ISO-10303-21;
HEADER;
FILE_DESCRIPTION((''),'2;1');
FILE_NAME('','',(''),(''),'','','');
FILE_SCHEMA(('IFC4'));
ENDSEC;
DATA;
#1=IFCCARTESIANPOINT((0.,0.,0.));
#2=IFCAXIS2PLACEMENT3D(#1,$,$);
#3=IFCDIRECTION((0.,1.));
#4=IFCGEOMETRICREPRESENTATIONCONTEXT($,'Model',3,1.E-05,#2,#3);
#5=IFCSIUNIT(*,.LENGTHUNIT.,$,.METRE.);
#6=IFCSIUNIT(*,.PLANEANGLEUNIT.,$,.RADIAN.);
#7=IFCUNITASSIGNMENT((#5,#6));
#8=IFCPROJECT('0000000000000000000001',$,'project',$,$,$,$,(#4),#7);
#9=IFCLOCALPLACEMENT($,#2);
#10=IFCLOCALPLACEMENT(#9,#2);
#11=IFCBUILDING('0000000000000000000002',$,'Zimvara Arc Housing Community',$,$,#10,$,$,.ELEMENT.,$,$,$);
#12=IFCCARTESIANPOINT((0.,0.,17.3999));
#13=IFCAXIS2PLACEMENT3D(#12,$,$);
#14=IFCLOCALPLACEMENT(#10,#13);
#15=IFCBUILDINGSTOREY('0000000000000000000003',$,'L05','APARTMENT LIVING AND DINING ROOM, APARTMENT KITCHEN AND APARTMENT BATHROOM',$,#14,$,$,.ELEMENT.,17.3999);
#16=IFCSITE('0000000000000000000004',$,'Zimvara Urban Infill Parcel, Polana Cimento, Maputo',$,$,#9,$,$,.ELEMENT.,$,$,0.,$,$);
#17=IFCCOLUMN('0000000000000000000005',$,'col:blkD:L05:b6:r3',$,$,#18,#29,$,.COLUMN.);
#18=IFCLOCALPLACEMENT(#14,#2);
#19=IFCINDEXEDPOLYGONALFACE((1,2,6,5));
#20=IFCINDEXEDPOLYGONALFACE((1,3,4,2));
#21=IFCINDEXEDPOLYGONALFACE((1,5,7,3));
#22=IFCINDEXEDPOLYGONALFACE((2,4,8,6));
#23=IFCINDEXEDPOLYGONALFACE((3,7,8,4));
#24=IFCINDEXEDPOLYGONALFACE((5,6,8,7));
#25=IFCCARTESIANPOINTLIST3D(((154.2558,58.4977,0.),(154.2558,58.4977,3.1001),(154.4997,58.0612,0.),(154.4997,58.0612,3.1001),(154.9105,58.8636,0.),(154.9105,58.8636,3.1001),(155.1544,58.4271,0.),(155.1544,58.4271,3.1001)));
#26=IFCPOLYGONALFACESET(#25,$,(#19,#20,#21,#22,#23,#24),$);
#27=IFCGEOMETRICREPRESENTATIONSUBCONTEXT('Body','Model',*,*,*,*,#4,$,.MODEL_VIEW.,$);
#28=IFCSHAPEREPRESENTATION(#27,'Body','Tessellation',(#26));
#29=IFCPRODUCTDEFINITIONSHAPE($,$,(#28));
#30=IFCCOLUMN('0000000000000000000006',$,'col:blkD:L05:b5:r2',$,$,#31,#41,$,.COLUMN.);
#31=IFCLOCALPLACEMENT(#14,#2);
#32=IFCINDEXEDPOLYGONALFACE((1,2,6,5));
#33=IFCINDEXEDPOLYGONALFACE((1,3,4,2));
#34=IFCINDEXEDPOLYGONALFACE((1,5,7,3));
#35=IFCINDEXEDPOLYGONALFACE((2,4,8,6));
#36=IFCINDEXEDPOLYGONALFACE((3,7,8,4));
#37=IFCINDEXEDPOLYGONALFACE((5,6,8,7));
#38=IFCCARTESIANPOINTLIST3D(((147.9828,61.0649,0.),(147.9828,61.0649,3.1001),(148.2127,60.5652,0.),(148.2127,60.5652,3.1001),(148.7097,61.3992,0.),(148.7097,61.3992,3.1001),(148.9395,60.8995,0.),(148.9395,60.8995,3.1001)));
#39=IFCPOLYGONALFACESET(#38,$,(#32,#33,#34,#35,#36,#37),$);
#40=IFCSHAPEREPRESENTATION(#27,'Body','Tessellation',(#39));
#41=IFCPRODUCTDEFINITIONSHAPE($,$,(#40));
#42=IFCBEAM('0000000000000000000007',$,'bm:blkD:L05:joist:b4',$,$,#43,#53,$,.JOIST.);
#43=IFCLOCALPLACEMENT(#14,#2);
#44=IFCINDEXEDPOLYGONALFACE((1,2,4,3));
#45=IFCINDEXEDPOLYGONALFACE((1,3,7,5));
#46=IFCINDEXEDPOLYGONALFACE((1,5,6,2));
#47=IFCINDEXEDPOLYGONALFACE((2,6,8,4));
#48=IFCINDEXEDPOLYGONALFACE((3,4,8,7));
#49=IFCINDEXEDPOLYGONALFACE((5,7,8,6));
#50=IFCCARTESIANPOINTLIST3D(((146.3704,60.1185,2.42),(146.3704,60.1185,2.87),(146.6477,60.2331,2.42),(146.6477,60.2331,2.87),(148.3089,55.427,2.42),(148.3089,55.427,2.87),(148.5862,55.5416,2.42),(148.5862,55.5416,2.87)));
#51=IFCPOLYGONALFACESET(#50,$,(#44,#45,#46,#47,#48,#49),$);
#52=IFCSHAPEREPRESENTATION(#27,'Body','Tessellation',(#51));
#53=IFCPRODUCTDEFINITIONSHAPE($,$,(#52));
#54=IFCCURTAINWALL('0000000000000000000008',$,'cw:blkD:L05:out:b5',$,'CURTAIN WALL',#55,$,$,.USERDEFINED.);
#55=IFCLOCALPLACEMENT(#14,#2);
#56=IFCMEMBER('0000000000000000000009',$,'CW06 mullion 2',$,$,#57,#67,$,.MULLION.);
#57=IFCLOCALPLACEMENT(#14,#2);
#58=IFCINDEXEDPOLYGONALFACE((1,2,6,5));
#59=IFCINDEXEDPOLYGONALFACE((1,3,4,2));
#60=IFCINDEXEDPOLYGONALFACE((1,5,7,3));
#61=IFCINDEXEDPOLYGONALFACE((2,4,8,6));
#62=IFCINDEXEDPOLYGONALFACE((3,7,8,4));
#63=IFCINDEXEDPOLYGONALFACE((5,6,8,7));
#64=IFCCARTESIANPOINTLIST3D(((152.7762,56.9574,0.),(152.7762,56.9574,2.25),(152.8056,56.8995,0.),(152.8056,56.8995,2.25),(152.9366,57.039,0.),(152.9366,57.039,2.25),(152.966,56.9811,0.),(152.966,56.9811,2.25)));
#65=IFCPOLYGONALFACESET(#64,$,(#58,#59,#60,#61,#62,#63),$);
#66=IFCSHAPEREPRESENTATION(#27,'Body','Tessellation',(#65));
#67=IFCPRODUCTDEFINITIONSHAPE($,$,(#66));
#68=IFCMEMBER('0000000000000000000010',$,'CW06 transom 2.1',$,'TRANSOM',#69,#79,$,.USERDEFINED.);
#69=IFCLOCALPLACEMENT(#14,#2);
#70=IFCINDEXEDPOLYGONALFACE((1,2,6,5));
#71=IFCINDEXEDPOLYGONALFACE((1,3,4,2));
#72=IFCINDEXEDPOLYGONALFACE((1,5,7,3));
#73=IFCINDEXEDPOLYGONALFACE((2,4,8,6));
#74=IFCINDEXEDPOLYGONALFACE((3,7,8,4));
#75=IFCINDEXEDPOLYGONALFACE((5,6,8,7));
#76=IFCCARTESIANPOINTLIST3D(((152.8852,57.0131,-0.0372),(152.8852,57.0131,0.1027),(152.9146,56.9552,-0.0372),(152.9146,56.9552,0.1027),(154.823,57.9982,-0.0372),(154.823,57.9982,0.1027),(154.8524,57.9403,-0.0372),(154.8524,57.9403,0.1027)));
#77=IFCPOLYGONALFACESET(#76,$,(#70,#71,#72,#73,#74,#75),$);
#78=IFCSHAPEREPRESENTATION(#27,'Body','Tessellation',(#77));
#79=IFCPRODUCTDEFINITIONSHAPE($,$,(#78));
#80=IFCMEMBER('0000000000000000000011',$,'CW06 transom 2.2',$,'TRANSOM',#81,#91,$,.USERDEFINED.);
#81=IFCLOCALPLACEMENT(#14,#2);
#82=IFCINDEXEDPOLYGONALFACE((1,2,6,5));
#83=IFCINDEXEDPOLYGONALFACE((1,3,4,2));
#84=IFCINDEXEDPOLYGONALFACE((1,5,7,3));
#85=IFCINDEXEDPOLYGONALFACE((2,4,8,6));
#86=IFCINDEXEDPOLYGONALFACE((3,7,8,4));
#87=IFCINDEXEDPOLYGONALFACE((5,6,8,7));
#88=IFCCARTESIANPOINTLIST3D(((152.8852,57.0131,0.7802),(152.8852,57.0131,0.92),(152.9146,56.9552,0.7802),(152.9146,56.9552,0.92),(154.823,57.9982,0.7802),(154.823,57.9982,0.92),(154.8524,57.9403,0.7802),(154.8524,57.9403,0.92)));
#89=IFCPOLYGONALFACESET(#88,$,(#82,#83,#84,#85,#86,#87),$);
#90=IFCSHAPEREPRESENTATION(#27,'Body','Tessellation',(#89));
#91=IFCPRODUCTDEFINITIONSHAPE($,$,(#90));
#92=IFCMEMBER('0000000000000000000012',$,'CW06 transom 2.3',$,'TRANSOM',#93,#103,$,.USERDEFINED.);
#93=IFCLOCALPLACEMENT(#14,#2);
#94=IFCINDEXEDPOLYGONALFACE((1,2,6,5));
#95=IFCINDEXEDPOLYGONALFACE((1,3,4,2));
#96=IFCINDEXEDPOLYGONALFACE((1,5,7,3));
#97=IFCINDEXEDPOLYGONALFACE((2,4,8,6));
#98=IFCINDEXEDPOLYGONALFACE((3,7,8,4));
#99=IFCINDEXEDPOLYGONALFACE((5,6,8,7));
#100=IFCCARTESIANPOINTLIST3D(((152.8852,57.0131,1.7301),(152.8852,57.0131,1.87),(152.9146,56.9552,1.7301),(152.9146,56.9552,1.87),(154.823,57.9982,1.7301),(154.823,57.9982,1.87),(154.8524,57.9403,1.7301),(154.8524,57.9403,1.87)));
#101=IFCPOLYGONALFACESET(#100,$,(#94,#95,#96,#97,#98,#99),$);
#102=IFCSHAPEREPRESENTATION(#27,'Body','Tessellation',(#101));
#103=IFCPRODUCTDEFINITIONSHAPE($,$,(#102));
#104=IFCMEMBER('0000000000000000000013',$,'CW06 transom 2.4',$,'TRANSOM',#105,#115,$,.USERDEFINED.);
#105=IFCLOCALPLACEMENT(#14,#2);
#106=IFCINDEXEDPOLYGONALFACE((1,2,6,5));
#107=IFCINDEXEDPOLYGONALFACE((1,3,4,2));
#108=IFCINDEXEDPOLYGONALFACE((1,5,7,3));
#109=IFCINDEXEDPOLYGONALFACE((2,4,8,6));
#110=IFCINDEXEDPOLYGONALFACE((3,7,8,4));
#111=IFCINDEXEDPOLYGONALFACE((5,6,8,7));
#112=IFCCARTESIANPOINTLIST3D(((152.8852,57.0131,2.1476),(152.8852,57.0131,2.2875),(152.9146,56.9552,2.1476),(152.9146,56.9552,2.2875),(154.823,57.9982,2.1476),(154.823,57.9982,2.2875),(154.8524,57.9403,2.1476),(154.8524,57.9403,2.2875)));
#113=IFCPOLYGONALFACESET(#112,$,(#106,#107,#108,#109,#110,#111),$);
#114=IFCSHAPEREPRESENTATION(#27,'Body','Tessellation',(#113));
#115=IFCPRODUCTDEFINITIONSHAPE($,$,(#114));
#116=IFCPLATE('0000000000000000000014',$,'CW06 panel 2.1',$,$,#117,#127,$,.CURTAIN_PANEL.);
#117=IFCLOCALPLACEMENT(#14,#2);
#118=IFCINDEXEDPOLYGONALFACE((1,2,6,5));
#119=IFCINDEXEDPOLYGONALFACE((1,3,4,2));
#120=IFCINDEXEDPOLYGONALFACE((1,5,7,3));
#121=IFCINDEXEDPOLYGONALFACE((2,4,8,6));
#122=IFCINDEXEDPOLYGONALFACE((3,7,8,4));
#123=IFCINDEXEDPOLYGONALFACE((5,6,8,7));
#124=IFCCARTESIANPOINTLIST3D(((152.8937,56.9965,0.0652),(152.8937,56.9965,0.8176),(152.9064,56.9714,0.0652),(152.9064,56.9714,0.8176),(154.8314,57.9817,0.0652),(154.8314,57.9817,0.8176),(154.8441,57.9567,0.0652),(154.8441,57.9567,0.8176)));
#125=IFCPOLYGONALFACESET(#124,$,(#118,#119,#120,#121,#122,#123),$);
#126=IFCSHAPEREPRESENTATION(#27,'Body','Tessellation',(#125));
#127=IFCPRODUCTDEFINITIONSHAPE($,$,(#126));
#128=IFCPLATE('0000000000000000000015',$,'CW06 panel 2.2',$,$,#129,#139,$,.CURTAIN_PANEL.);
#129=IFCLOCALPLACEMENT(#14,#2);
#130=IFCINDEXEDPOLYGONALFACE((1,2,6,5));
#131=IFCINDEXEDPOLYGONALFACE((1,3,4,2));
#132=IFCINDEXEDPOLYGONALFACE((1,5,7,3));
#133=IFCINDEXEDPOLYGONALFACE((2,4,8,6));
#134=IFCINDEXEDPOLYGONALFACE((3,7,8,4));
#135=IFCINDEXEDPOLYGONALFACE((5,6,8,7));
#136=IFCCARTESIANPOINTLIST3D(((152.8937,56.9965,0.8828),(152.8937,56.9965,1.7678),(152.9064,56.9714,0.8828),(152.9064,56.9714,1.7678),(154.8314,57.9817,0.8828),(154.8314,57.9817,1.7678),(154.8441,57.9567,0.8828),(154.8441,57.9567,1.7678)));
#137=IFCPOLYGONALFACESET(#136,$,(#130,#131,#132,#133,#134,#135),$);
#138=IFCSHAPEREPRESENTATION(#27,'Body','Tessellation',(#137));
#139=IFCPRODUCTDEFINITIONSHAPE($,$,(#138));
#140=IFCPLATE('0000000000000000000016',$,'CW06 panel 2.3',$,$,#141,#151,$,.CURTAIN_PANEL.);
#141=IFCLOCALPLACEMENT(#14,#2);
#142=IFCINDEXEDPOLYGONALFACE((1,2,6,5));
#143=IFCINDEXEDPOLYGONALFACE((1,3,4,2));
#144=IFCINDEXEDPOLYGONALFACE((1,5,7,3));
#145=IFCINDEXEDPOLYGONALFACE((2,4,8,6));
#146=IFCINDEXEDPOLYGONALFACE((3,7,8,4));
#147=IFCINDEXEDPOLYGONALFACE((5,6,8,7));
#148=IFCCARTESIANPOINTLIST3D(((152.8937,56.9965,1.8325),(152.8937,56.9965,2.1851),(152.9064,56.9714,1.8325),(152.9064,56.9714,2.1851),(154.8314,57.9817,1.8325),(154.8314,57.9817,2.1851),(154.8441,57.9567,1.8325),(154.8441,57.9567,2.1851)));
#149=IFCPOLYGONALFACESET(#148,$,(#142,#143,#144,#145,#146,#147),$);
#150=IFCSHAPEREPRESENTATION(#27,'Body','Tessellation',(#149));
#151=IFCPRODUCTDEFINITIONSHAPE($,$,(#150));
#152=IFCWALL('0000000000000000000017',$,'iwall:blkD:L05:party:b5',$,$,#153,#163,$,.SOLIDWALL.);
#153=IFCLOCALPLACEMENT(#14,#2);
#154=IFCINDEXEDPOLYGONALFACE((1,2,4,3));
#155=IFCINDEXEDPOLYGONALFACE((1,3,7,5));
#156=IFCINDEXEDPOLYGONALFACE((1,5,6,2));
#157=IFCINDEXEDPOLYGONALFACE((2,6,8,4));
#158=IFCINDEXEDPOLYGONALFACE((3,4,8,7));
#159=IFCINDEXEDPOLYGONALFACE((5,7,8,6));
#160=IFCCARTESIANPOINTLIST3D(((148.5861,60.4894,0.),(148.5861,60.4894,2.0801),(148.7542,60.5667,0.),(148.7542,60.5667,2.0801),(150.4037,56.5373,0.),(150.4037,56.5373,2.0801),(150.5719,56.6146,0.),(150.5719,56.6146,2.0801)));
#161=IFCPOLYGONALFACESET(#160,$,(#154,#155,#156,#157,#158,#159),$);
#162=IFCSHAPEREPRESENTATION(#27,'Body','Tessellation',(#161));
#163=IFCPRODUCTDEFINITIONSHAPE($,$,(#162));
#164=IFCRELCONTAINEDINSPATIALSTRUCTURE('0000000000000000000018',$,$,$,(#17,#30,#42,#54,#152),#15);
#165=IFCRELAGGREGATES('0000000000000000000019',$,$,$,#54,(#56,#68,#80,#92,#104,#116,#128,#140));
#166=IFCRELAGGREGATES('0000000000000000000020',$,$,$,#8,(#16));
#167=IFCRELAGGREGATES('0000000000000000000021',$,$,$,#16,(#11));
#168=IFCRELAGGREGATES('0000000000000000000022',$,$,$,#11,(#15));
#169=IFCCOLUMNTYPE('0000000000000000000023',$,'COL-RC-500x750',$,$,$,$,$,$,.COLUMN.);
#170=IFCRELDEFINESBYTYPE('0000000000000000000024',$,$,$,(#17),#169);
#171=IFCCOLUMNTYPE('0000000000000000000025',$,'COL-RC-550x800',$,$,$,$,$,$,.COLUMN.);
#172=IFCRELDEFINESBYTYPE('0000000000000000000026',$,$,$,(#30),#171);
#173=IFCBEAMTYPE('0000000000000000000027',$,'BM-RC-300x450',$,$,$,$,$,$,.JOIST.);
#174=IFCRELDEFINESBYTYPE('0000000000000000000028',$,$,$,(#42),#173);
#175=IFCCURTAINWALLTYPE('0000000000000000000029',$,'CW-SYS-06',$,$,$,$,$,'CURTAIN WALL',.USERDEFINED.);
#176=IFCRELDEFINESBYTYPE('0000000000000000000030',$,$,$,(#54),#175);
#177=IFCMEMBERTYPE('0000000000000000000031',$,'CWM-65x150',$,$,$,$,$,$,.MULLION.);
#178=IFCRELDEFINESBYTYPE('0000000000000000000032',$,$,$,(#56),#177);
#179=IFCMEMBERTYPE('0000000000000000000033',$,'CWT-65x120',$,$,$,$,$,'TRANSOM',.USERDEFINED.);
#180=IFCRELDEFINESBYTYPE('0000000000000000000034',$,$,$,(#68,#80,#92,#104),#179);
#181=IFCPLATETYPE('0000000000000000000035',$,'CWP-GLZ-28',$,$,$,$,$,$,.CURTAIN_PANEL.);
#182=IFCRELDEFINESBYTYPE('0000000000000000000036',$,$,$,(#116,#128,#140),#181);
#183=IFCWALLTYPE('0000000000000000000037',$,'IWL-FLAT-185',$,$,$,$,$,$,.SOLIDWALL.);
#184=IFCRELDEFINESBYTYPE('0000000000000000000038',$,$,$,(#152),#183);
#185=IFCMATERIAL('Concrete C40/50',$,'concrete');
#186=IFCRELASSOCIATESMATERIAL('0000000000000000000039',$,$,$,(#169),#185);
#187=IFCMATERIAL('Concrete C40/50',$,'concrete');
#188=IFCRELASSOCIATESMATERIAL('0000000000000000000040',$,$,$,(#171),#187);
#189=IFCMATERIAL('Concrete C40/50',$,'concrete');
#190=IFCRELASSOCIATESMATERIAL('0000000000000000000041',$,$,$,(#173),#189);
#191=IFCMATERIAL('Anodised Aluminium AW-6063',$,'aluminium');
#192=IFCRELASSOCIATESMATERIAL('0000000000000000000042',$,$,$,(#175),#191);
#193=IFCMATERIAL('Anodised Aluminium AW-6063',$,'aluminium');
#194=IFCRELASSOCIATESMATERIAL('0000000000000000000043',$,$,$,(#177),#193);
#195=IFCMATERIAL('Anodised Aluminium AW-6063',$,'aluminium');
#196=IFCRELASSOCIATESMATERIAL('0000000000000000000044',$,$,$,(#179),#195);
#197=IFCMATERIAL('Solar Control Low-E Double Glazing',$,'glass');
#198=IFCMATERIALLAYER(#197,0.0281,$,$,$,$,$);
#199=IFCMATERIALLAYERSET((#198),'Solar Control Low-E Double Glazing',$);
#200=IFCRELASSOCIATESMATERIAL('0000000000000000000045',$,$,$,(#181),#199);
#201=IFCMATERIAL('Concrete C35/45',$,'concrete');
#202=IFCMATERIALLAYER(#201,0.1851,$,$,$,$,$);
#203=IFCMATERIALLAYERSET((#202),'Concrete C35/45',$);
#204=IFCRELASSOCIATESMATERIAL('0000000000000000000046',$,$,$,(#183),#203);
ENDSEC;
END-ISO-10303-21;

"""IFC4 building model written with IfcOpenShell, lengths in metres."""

from ifc_helpers import new_model, si_unit, direction, frame, frame_2d, origin, origin_2d, place, context, subcontext, project, spatial, rectangle, extrude, material, layer, layer_set, material_profile, profile_set, type_object, element, aggregate, save


model = new_model("IFC4")

# Units and contexts
model_context = context("Model", 3, precision=1e-05, world=origin(), true_north=direction((0.0, 1.0)))
body_context = subcontext(model_context, "Body", "Model", "MODEL_VIEW")
ifc_project = project(units=[si_unit("LENGTHUNIT", "METRE"), si_unit("PLANEANGLEUNIT", "RADIAN")], contexts=[model_context])

# Site, building, storey
site_placement = place(None, origin())
site = spatial("IfcSite", under=ifc_project, at=site_placement, Name="Zimvara Urban Infill Parcel, Polana Cimento, Maputo", CompositionType="ELEMENT", RefElevation=0.0)
building_placement = place(site_placement, origin())
building = spatial("IfcBuilding", under=site, at=building_placement, Name="Zimvara Arc Housing Community", CompositionType="ELEMENT")
storey_placement = place(building_placement, frame((0.0, 0.0, 17.3999)))
storey = spatial("IfcBuildingStorey", under=building, at=storey_placement, Name="L05", Description="APARTMENT LIVING AND DINING ROOM, APARTMENT KITCHEN AND APARTMENT BATHROOM", CompositionType="ELEMENT", Elevation=17.3999)

# Columns
ifc_material_1 = material(Name="Concrete C40/50", Category="concrete")
ifc_material_profile_1 = material_profile(ifc_material_1, rectangle(XDim=0.5, YDim=0.75, at=origin_2d()), Name="RC 500x750")
ifc_profile_set_1 = profile_set([ifc_material_profile_1], Name="Concrete C40/50")
column_type_1 = type_object("IfcColumnType", Name="COL-RC-500x750", PredefinedType="COLUMN", material=ifc_profile_set_1)
column_1_placement = place(storey_placement, frame((154.7051, 58.4624, 0.0), z_axis=(0.0, 0.0, 1.0), x_axis=(0.48786, -0.872922, 0.0)))
element("IfcColumn", 1, at=column_1_placement, inside=storey, type_object=column_type_1, Name="col:blkD:L05:b6:r3", PredefinedType="COLUMN", context=body_context, shape_type="SweptSolid", body=[
    extrude(rectangle(XDim=0.5, YDim=0.75, at=origin_2d()), origin(), (0.0, 0.0, 1.0), 3.1001),
])
ifc_material_2 = material(Name="Concrete C40/50", Category="concrete")
ifc_material_profile_2 = material_profile(ifc_material_2, rectangle(XDim=0.55, YDim=0.8, at=origin_2d()), Name="RC 550x800")
ifc_profile_set_2 = profile_set([ifc_material_profile_2], Name="Concrete C40/50")
column_type_2 = type_object("IfcColumnType", Name="COL-RC-550x800", PredefinedType="COLUMN", material=ifc_profile_set_2)
column_2_placement = place(storey_placement, frame((148.4612, 60.9822, 0.0), z_axis=(0.0, 0.0, 1.0), x_axis=(0.417867, -0.908508, 0.0)))
element("IfcColumn", 2, at=column_2_placement, inside=storey, type_object=column_type_2, Name="col:blkD:L05:b5:r2", PredefinedType="COLUMN", context=body_context, shape_type="SweptSolid", body=[
    extrude(rectangle(XDim=0.55, YDim=0.8, at=origin_2d()), origin(), (0.0, 0.0, 1.0), 3.1001),
])

# Beam
ifc_material_3 = material(Name="Concrete C40/50", Category="concrete")
ifc_material_profile_3 = material_profile(ifc_material_3, rectangle(XDim=0.3, YDim=0.45, at=origin_2d()), Name="RC 300x450")
ifc_profile_set_3 = profile_set([ifc_material_profile_3], Name="Concrete C40/50")
beam_type = type_object("IfcBeamType", Name="BM-RC-300x450", PredefinedType="JOIST", material=ifc_profile_set_3)
beam_placement = place(storey_placement, frame((146.509, 60.1758, 2.645), z_axis=(0.381882, -0.924211, 0.0), x_axis=(0.924211, 0.381882, 0.0)))
element("IfcBeam", 3, at=beam_placement, inside=storey, type_object=beam_type, Name="bm:blkD:L05:joist:b4", PredefinedType="JOIST", context=body_context, shape_type="SweptSolid", body=[
    extrude(rectangle(XDim=0.3, YDim=0.45, at=origin_2d()), origin(), (0.0, 0.0, 1.0), 5.0762),
])

# Curtain wall, members, plates
ifc_material_4 = material(Name="Anodised Aluminium AW-6063", Category="aluminium")
curtain_wall_type = type_object("IfcCurtainWallType", Name="CW-SYS-06", ElementType="CURTAIN WALL", PredefinedType="USERDEFINED", material=ifc_material_4)
curtain_wall_placement = place(storey_placement, origin())
curtain_wall = element("IfcCurtainWall", 4, at=curtain_wall_placement, inside=storey, type_object=curtain_wall_type, Name="cw:blkD:L05:out:b5", ObjectType="CURTAIN WALL", PredefinedType="USERDEFINED")
ifc_material_5 = material(Name="Anodised Aluminium AW-6063", Category="aluminium")
ifc_material_profile_4 = material_profile(ifc_material_5, rectangle(XDim=0.0649, YDim=0.1799, at=origin_2d()), Name="ALU 65x180")
ifc_profile_set_4 = profile_set([ifc_material_profile_4], Name="Anodised Aluminium AW-6063")
member_type_1 = type_object("IfcMemberType", Name="CWM-65x150", PredefinedType="MULLION", material=ifc_profile_set_4)
member_1_placement = place(storey_placement, frame((152.8711, 56.9692, 0.0), z_axis=(0.0, 0.0, 1.0), x_axis=(-0.453212, 0.891403, 0.0)))
member_1 = element("IfcMember", 5, at=member_1_placement, type_object=member_type_1, Name="CW06 mullion 2", PredefinedType="MULLION", context=body_context, shape_type="SweptSolid", body=[
    extrude(rectangle(XDim=0.0649, YDim=0.1799, at=origin_2d()), origin(), (0.0, 0.0, 1.0), 2.25),
])
ifc_material_6 = material(Name="Anodised Aluminium AW-6063", Category="aluminium")
ifc_material_profile_5 = material_profile(ifc_material_6, rectangle(XDim=0.0649, YDim=0.1399, at=origin_2d()), Name="ALU 65x140")
ifc_profile_set_5 = profile_set([ifc_material_profile_5], Name="Anodised Aluminium AW-6063")
member_type_2 = type_object("IfcMemberType", Name="CWT-65x120", ElementType="TRANSOM", PredefinedType="USERDEFINED", material=ifc_profile_set_5)
member_2_placement = place(storey_placement, frame((152.8999, 56.9841, 0.0327), z_axis=(0.89142, 0.453179, 0.0), x_axis=(-0.453179, 0.89142, 0.0)))
member_2 = element("IfcMember", 6, at=member_2_placement, type_object=member_type_2, Name="CW06 transom 2.1", ObjectType="TRANSOM", PredefinedType="USERDEFINED", context=body_context, shape_type="SweptSolid", body=[
    extrude(rectangle(XDim=0.0649, YDim=0.1399, at=origin_2d()), origin(), (0.0, 0.0, 1.0), 2.1738),
])
member_3_placement = place(storey_placement, frame((152.8999, 56.9841, 0.8501), z_axis=(0.89142, 0.453179, 0.0), x_axis=(-0.453179, 0.89142, 0.0)))
member_3 = element("IfcMember", 7, at=member_3_placement, type_object=member_type_2, Name="CW06 transom 2.2", ObjectType="TRANSOM", PredefinedType="USERDEFINED", context=body_context, shape_type="SweptSolid", body=[
    extrude(rectangle(XDim=0.0649, YDim=0.1399, at=origin_2d()), origin(), (0.0, 0.0, 1.0), 2.1738),
])
member_4_placement = place(storey_placement, frame((152.8999, 56.9841, 1.8), z_axis=(0.89142, 0.453179, 0.0), x_axis=(-0.453179, 0.89142, 0.0)))
member_4 = element("IfcMember", 8, at=member_4_placement, type_object=member_type_2, Name="CW06 transom 2.3", ObjectType="TRANSOM", PredefinedType="USERDEFINED", context=body_context, shape_type="SweptSolid", body=[
    extrude(rectangle(XDim=0.0649, YDim=0.1399, at=origin_2d()), origin(), (0.0, 0.0, 1.0), 2.1738),
])
member_5_placement = place(storey_placement, frame((152.8999, 56.9841, 2.2175), z_axis=(0.89142, 0.453179, 0.0), x_axis=(-0.453179, 0.89142, 0.0)))
member_5 = element("IfcMember", 9, at=member_5_placement, type_object=member_type_2, Name="CW06 transom 2.4", ObjectType="TRANSOM", PredefinedType="USERDEFINED", context=body_context, shape_type="SweptSolid", body=[
    extrude(rectangle(XDim=0.0649, YDim=0.1399, at=origin_2d()), origin(), (0.0, 0.0, 1.0), 2.1738),
])
ifc_material_7 = material(Name="Solar Control Low-E Double Glazing", Category="glass")
ifc_layer_1 = layer(ifc_material_7, 0.0281)
ifc_layer_set_1 = layer_set([ifc_layer_1], Name="Solar Control Low-E Double Glazing")
plate_type = type_object("IfcPlateType", Name="CWP-GLZ-28", PredefinedType="CURTAIN_PANEL", material=ifc_layer_set_1)
plate_1_placement = place(storey_placement, frame((153.8689, 57.4766, 0.0652), z_axis=(0.0, 0.0, 1.0), x_axis=(0.891403, 0.453212, 0.0)))
plate_1 = element("IfcPlate", 10, at=plate_1_placement, type_object=plate_type, Name="CW06 panel 2.1", PredefinedType="CURTAIN_PANEL", context=body_context, shape_type="SweptSolid", body=[
    extrude(rectangle(XDim=2.1738, YDim=0.0281, at=origin_2d()), origin(), (0.0, 0.0, 1.0), 0.7524),
])
plate_2_placement = place(storey_placement, frame((153.8689, 57.4766, 0.8828), z_axis=(0.0, 0.0, 1.0), x_axis=(0.891403, 0.453212, 0.0)))
plate_2 = element("IfcPlate", 11, at=plate_2_placement, type_object=plate_type, Name="CW06 panel 2.2", PredefinedType="CURTAIN_PANEL", context=body_context, shape_type="SweptSolid", body=[
    extrude(rectangle(XDim=2.1738, YDim=0.0281, at=origin_2d()), origin(), (0.0, 0.0, 1.0), 0.885),
])
plate_3_placement = place(storey_placement, frame((153.8689, 57.4766, 1.8325), z_axis=(0.0, 0.0, 1.0), x_axis=(0.891403, 0.453212, 0.0)))
plate_3 = element("IfcPlate", 12, at=plate_3_placement, type_object=plate_type, Name="CW06 panel 2.3", PredefinedType="CURTAIN_PANEL", context=body_context, shape_type="SweptSolid", body=[
    extrude(rectangle(XDim=2.1738, YDim=0.0281, at=origin_2d()), origin(), (0.0, 0.0, 1.0), 0.3525),
])
aggregate(curtain_wall, [member_1, member_2, member_3, member_4, member_5, plate_1, plate_2, plate_3])

# Wall
ifc_material_8 = material(Name="Concrete C35/45", Category="concrete")
ifc_layer_2 = layer(ifc_material_8, 0.1851)
ifc_layer_set_2 = layer_set([ifc_layer_2], Name="Concrete C35/45")
wall_type_1 = type_object("IfcWallType", Name="IWL-FLAT-185", PredefinedType="SOLIDWALL", material=ifc_layer_set_2)
wall_1_placement = place(storey_placement, frame((148.6702, 60.5281, 0.0), z_axis=(0.0, 0.0, 1.0), x_axis=(0.417837, -0.908522, 0.0)))
element("IfcWall", 13, at=wall_1_placement, inside=storey, type_object=wall_type_1, Name="iwall:blkD:L05:party:b5", PredefinedType="SOLIDWALL", context=body_context, shape_type="SweptSolid", body=[
    extrude(rectangle(XDim=4.3501, YDim=0.1851, at=frame_2d((2.175, 0.0))), origin(), (0.0, 0.0, 1.0), 2.0801),
])

save(model, "model.ifc")
